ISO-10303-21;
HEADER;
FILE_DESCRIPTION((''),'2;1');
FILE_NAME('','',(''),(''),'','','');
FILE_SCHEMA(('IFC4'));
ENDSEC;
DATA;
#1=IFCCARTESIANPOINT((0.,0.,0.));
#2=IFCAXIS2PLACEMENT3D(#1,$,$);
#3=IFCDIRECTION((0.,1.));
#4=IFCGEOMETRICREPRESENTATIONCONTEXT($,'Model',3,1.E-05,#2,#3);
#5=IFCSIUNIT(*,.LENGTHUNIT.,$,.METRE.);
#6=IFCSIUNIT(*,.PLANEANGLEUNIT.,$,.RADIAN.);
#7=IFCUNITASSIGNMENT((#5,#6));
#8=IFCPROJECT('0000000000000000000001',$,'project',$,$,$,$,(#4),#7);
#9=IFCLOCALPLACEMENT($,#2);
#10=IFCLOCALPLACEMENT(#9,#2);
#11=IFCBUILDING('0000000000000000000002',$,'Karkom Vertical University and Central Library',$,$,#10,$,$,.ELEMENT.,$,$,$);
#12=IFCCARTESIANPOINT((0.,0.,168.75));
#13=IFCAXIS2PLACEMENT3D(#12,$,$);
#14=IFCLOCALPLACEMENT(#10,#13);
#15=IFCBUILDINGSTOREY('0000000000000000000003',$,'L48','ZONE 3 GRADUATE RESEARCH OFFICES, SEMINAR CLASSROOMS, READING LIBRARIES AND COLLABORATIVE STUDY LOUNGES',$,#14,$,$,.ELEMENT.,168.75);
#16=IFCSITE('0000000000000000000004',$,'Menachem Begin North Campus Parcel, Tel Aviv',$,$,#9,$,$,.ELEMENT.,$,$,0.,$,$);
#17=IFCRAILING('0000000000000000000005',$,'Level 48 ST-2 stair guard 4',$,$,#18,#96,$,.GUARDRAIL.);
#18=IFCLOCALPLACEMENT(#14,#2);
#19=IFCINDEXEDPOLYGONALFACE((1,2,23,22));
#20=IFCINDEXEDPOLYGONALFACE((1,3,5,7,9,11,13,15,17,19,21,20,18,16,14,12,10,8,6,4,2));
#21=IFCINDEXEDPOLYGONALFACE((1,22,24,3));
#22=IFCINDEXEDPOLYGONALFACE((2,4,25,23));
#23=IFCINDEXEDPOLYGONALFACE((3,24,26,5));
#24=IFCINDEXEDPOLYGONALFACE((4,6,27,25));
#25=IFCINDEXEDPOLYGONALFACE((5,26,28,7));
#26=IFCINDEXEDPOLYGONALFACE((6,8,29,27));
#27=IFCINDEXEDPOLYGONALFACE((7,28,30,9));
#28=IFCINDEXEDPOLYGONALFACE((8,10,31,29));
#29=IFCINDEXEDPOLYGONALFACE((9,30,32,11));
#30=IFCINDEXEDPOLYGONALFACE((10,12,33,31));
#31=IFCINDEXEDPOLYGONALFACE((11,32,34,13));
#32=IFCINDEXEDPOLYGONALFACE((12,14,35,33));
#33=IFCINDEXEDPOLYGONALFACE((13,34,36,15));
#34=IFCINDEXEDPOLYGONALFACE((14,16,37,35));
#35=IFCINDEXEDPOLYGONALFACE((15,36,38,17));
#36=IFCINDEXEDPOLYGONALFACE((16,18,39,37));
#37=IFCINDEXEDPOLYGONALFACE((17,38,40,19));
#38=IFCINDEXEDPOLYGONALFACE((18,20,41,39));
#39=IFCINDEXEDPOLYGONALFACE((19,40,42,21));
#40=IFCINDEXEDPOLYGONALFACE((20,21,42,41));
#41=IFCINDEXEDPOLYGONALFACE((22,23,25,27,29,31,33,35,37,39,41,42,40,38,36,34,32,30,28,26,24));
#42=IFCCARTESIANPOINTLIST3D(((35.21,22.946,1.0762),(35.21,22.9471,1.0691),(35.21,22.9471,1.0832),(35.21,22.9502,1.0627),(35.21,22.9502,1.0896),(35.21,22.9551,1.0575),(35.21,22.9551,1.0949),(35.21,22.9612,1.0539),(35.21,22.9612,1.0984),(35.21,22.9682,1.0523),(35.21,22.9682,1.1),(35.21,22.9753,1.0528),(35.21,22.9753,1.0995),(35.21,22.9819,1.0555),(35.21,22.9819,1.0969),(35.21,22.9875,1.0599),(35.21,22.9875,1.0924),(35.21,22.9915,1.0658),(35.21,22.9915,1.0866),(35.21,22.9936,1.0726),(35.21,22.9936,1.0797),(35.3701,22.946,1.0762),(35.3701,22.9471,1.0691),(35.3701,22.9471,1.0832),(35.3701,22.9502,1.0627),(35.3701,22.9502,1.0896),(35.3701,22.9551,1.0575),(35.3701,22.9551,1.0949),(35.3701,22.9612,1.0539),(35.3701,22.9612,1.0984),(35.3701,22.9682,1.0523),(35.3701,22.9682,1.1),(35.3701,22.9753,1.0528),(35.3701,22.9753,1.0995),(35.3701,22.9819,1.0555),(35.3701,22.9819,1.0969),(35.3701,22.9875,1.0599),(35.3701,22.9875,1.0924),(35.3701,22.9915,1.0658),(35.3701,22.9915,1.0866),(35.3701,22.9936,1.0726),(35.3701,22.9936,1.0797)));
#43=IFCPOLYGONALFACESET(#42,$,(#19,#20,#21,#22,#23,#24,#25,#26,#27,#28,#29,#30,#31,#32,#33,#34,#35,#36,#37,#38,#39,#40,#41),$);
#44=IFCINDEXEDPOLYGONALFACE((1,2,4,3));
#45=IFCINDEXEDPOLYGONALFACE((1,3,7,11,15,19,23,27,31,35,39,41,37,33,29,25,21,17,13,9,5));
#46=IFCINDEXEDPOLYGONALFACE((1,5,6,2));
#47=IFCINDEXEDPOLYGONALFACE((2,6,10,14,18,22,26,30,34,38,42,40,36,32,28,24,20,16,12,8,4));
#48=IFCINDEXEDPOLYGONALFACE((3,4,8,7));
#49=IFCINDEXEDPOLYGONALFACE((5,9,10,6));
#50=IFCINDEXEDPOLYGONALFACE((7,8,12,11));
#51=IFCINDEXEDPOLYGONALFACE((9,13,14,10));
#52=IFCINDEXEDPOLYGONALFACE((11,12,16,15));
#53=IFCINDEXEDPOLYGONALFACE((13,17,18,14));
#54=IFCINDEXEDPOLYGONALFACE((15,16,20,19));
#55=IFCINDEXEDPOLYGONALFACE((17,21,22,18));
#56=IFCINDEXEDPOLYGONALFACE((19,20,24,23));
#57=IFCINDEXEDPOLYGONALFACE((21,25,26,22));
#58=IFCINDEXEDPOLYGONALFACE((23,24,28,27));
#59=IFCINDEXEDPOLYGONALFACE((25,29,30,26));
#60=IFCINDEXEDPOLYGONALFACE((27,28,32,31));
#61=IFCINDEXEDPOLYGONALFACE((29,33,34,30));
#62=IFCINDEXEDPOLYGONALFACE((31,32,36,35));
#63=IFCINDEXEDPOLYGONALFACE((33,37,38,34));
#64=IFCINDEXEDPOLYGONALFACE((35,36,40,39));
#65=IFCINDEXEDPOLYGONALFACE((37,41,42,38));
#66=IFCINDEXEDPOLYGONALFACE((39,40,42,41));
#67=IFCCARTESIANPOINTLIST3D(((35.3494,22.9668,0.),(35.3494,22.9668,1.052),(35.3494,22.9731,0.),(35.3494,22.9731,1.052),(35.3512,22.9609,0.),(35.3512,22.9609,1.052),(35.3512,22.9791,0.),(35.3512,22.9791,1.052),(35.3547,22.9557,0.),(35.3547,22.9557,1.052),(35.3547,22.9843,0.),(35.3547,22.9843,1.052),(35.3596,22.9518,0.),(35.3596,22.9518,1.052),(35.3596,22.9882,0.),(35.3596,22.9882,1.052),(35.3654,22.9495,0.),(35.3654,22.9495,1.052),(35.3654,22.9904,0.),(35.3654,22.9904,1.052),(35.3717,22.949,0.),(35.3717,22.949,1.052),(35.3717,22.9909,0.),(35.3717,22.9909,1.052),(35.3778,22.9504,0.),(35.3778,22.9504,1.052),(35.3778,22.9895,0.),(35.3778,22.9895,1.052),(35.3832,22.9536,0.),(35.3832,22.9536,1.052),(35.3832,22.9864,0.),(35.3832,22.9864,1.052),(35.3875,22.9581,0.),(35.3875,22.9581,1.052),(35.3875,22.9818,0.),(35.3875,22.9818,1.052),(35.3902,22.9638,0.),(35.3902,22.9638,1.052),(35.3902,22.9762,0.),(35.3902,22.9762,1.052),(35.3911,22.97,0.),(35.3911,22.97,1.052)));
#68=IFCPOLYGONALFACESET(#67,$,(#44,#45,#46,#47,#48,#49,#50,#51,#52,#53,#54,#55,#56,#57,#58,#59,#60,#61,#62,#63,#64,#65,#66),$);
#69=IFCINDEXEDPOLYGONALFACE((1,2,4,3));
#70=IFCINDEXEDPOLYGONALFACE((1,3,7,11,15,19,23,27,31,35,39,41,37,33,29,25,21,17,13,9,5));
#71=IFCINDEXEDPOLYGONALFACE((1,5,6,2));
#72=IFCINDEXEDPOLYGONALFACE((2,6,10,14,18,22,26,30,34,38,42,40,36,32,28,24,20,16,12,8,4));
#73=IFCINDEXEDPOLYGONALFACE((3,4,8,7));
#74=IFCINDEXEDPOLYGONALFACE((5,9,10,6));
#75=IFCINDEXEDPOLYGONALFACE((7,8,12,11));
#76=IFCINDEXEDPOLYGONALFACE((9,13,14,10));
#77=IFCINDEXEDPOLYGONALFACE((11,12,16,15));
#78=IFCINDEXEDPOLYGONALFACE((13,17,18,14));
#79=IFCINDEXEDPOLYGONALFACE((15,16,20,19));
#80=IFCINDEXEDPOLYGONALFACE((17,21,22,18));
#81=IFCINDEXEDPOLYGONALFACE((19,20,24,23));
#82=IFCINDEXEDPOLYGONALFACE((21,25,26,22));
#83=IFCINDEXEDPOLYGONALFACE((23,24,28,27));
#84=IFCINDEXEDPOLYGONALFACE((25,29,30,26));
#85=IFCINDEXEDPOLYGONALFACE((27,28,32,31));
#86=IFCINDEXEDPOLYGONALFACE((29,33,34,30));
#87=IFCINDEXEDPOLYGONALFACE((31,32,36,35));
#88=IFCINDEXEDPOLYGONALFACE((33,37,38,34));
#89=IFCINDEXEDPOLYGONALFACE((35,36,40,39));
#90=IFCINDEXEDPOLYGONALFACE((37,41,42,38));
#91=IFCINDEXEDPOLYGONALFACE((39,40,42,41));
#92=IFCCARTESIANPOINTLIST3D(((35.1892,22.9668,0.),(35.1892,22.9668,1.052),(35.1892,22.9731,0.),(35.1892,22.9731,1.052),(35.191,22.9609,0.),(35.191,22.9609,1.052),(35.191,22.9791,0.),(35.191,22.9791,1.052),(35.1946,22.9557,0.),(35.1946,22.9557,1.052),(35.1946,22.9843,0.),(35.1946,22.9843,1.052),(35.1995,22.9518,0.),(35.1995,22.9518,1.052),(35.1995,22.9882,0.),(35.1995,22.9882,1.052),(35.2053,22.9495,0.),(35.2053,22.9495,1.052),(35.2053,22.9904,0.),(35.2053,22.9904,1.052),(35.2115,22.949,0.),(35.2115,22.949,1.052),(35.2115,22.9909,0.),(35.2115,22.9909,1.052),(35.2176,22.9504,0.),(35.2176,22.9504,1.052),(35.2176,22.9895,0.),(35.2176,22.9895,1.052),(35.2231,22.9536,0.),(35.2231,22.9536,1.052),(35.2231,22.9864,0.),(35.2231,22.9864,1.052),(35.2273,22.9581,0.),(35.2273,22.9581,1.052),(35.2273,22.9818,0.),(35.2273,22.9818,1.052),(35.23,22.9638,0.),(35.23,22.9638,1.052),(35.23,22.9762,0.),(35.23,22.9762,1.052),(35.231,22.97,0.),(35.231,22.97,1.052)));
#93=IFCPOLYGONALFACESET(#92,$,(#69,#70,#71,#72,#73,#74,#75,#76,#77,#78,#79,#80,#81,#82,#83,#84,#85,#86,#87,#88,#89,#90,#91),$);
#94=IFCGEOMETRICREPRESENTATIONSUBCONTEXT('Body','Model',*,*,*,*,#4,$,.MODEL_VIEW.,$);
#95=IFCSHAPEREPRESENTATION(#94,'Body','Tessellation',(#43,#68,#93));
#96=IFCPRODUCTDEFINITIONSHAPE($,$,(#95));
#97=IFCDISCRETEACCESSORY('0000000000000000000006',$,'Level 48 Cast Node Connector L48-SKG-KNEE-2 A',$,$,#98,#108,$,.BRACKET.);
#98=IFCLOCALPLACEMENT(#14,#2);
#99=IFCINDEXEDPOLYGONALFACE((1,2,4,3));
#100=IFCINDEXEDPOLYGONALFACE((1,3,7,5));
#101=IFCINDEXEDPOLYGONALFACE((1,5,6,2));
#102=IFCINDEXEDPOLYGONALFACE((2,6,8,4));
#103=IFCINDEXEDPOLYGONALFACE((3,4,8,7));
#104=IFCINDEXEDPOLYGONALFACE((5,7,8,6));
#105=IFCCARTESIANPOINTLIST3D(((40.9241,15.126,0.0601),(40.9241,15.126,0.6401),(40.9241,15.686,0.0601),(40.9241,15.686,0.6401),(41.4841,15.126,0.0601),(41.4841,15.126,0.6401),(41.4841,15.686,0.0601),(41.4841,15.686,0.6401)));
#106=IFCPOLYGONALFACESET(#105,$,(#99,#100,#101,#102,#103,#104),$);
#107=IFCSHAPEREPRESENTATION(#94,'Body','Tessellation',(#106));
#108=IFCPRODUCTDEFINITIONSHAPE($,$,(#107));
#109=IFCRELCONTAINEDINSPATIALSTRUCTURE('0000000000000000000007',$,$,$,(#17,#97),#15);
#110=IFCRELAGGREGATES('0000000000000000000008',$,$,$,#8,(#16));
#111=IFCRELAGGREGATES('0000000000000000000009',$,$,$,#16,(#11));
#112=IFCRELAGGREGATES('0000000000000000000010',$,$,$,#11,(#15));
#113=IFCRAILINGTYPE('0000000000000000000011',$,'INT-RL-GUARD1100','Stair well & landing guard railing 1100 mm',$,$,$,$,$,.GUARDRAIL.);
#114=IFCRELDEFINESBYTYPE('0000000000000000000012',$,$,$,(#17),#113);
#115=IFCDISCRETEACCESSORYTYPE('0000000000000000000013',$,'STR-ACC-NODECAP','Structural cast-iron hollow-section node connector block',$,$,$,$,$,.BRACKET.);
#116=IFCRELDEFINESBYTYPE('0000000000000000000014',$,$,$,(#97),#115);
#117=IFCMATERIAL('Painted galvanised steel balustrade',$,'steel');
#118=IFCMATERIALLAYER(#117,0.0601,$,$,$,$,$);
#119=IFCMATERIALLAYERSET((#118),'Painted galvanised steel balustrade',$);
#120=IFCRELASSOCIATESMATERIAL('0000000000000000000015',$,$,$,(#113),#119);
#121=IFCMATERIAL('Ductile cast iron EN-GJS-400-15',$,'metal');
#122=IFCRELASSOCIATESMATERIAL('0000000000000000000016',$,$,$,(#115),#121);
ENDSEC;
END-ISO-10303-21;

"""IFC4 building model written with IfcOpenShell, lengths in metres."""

from ifc_helpers import new_model, si_unit, direction, frame, origin, origin_with_axes, origin_2d, place, context, subcontext, project, spatial, rectangle, circle, extrude, source, transform, mapped, material, layer, layer_set, type_object, element, save


model = new_model("IFC4")

# Units and contexts
model_context = context("Model", 3, precision=1e-05, world=origin(), true_north=direction((0.0, 1.0)))
body_context = subcontext(model_context, "Body", "Model", "MODEL_VIEW")
ifc_project = project(units=[si_unit("LENGTHUNIT", "METRE"), si_unit("PLANEANGLEUNIT", "RADIAN")], contexts=[model_context])

# Site, building, storey
site_placement = place(None, origin())
site = spatial("IfcSite", under=ifc_project, at=site_placement, Name="Menachem Begin North Campus Parcel, Tel Aviv", CompositionType="ELEMENT", RefElevation=0.0)
building_placement = place(site_placement, origin())
building = spatial("IfcBuilding", under=site, at=building_placement, Name="Karkom Vertical University and Central Library", CompositionType="ELEMENT")
storey_placement = place(building_placement, frame((0.0, 0.0, 168.75)))
storey = spatial("IfcBuildingStorey", under=building, at=storey_placement, Name="L48", Description="ZONE 3 GRADUATE RESEARCH OFFICES, SEMINAR CLASSROOMS, READING LIBRARIES AND COLLABORATIVE STUDY LOUNGES", CompositionType="ELEMENT", Elevation=168.75)

# Railing
ifc_material_1 = material(Name="Painted galvanised steel balustrade", Category="steel")
ifc_layer_1 = layer(ifc_material_1, 0.0601)
ifc_layer_set_1 = layer_set([ifc_layer_1], Name="Painted galvanised steel balustrade")
railing_type = type_object("IfcRailingType", Name="INT-RL-GUARD1100", Description="Stair well & landing guard railing 1100 mm", PredefinedType="GUARDRAIL", material=ifc_layer_set_1)
railing_placement = place(storey_placement, frame((35.3701, 22.97, 0.0)))
element("IfcRailing", 1, at=railing_placement, inside=storey, type_object=railing_type, Name="Level 48 ST-2 stair guard 4", PredefinedType="GUARDRAIL", context=body_context, shape_type="SweptSolid", body=[
    extrude(circle(Radius=0.0239, at=origin_2d()), frame((0.0, 0.0, 1.0762), z_axis=(-1.0, 0.0, 0.0), x_axis=(0.0, -1.0, 0.0)), (0.0, 0.0, 1.0), 0.1602),
    extrude(circle(Radius=0.021, at=origin_2d()), origin(), (0.0, 0.0, 1.0), 1.052),
    extrude(circle(Radius=0.021, at=origin_2d()), frame((-0.1602, 0.0, 0.0)), (0.0, 0.0, 1.0), 1.052),
])

# Discrete accessory
ifc_material_2 = material(Name="Ductile cast iron EN-GJS-400-15", Category="metal")
discrete_accessory_type = type_object("IfcDiscreteAccessoryType", Name="STR-ACC-NODECAP", Description="Structural cast-iron hollow-section node connector block", PredefinedType="BRACKET", material=ifc_material_2)
shared_shape_1 = source(origin_with_axes(), body_context, "Body", "SweptSolid", [
    extrude(rectangle(XDim=0.5601, YDim=0.5601, at=origin_2d()), origin(), (0.0, 0.0, 1.0), 0.5801),
])
discrete_accessory_placement = place(storey_placement, frame((41.2041, 15.406, 0.0601), z_axis=(0.0, 0.0, 1.0), x_axis=(1.0, 0.0, 0.0)))
element("IfcDiscreteAccessory", 2, at=discrete_accessory_placement, inside=storey, type_object=discrete_accessory_type, Name="Level 48 Cast Node Connector L48-SKG-KNEE-2 A", PredefinedType="BRACKET", context=body_context, shape_type="MappedRepresentation", body=[
    mapped(shared_shape_1, transform((0.0, 0.0, 0.0), scale=1.0)),
])

save(model, "model.ifc")
